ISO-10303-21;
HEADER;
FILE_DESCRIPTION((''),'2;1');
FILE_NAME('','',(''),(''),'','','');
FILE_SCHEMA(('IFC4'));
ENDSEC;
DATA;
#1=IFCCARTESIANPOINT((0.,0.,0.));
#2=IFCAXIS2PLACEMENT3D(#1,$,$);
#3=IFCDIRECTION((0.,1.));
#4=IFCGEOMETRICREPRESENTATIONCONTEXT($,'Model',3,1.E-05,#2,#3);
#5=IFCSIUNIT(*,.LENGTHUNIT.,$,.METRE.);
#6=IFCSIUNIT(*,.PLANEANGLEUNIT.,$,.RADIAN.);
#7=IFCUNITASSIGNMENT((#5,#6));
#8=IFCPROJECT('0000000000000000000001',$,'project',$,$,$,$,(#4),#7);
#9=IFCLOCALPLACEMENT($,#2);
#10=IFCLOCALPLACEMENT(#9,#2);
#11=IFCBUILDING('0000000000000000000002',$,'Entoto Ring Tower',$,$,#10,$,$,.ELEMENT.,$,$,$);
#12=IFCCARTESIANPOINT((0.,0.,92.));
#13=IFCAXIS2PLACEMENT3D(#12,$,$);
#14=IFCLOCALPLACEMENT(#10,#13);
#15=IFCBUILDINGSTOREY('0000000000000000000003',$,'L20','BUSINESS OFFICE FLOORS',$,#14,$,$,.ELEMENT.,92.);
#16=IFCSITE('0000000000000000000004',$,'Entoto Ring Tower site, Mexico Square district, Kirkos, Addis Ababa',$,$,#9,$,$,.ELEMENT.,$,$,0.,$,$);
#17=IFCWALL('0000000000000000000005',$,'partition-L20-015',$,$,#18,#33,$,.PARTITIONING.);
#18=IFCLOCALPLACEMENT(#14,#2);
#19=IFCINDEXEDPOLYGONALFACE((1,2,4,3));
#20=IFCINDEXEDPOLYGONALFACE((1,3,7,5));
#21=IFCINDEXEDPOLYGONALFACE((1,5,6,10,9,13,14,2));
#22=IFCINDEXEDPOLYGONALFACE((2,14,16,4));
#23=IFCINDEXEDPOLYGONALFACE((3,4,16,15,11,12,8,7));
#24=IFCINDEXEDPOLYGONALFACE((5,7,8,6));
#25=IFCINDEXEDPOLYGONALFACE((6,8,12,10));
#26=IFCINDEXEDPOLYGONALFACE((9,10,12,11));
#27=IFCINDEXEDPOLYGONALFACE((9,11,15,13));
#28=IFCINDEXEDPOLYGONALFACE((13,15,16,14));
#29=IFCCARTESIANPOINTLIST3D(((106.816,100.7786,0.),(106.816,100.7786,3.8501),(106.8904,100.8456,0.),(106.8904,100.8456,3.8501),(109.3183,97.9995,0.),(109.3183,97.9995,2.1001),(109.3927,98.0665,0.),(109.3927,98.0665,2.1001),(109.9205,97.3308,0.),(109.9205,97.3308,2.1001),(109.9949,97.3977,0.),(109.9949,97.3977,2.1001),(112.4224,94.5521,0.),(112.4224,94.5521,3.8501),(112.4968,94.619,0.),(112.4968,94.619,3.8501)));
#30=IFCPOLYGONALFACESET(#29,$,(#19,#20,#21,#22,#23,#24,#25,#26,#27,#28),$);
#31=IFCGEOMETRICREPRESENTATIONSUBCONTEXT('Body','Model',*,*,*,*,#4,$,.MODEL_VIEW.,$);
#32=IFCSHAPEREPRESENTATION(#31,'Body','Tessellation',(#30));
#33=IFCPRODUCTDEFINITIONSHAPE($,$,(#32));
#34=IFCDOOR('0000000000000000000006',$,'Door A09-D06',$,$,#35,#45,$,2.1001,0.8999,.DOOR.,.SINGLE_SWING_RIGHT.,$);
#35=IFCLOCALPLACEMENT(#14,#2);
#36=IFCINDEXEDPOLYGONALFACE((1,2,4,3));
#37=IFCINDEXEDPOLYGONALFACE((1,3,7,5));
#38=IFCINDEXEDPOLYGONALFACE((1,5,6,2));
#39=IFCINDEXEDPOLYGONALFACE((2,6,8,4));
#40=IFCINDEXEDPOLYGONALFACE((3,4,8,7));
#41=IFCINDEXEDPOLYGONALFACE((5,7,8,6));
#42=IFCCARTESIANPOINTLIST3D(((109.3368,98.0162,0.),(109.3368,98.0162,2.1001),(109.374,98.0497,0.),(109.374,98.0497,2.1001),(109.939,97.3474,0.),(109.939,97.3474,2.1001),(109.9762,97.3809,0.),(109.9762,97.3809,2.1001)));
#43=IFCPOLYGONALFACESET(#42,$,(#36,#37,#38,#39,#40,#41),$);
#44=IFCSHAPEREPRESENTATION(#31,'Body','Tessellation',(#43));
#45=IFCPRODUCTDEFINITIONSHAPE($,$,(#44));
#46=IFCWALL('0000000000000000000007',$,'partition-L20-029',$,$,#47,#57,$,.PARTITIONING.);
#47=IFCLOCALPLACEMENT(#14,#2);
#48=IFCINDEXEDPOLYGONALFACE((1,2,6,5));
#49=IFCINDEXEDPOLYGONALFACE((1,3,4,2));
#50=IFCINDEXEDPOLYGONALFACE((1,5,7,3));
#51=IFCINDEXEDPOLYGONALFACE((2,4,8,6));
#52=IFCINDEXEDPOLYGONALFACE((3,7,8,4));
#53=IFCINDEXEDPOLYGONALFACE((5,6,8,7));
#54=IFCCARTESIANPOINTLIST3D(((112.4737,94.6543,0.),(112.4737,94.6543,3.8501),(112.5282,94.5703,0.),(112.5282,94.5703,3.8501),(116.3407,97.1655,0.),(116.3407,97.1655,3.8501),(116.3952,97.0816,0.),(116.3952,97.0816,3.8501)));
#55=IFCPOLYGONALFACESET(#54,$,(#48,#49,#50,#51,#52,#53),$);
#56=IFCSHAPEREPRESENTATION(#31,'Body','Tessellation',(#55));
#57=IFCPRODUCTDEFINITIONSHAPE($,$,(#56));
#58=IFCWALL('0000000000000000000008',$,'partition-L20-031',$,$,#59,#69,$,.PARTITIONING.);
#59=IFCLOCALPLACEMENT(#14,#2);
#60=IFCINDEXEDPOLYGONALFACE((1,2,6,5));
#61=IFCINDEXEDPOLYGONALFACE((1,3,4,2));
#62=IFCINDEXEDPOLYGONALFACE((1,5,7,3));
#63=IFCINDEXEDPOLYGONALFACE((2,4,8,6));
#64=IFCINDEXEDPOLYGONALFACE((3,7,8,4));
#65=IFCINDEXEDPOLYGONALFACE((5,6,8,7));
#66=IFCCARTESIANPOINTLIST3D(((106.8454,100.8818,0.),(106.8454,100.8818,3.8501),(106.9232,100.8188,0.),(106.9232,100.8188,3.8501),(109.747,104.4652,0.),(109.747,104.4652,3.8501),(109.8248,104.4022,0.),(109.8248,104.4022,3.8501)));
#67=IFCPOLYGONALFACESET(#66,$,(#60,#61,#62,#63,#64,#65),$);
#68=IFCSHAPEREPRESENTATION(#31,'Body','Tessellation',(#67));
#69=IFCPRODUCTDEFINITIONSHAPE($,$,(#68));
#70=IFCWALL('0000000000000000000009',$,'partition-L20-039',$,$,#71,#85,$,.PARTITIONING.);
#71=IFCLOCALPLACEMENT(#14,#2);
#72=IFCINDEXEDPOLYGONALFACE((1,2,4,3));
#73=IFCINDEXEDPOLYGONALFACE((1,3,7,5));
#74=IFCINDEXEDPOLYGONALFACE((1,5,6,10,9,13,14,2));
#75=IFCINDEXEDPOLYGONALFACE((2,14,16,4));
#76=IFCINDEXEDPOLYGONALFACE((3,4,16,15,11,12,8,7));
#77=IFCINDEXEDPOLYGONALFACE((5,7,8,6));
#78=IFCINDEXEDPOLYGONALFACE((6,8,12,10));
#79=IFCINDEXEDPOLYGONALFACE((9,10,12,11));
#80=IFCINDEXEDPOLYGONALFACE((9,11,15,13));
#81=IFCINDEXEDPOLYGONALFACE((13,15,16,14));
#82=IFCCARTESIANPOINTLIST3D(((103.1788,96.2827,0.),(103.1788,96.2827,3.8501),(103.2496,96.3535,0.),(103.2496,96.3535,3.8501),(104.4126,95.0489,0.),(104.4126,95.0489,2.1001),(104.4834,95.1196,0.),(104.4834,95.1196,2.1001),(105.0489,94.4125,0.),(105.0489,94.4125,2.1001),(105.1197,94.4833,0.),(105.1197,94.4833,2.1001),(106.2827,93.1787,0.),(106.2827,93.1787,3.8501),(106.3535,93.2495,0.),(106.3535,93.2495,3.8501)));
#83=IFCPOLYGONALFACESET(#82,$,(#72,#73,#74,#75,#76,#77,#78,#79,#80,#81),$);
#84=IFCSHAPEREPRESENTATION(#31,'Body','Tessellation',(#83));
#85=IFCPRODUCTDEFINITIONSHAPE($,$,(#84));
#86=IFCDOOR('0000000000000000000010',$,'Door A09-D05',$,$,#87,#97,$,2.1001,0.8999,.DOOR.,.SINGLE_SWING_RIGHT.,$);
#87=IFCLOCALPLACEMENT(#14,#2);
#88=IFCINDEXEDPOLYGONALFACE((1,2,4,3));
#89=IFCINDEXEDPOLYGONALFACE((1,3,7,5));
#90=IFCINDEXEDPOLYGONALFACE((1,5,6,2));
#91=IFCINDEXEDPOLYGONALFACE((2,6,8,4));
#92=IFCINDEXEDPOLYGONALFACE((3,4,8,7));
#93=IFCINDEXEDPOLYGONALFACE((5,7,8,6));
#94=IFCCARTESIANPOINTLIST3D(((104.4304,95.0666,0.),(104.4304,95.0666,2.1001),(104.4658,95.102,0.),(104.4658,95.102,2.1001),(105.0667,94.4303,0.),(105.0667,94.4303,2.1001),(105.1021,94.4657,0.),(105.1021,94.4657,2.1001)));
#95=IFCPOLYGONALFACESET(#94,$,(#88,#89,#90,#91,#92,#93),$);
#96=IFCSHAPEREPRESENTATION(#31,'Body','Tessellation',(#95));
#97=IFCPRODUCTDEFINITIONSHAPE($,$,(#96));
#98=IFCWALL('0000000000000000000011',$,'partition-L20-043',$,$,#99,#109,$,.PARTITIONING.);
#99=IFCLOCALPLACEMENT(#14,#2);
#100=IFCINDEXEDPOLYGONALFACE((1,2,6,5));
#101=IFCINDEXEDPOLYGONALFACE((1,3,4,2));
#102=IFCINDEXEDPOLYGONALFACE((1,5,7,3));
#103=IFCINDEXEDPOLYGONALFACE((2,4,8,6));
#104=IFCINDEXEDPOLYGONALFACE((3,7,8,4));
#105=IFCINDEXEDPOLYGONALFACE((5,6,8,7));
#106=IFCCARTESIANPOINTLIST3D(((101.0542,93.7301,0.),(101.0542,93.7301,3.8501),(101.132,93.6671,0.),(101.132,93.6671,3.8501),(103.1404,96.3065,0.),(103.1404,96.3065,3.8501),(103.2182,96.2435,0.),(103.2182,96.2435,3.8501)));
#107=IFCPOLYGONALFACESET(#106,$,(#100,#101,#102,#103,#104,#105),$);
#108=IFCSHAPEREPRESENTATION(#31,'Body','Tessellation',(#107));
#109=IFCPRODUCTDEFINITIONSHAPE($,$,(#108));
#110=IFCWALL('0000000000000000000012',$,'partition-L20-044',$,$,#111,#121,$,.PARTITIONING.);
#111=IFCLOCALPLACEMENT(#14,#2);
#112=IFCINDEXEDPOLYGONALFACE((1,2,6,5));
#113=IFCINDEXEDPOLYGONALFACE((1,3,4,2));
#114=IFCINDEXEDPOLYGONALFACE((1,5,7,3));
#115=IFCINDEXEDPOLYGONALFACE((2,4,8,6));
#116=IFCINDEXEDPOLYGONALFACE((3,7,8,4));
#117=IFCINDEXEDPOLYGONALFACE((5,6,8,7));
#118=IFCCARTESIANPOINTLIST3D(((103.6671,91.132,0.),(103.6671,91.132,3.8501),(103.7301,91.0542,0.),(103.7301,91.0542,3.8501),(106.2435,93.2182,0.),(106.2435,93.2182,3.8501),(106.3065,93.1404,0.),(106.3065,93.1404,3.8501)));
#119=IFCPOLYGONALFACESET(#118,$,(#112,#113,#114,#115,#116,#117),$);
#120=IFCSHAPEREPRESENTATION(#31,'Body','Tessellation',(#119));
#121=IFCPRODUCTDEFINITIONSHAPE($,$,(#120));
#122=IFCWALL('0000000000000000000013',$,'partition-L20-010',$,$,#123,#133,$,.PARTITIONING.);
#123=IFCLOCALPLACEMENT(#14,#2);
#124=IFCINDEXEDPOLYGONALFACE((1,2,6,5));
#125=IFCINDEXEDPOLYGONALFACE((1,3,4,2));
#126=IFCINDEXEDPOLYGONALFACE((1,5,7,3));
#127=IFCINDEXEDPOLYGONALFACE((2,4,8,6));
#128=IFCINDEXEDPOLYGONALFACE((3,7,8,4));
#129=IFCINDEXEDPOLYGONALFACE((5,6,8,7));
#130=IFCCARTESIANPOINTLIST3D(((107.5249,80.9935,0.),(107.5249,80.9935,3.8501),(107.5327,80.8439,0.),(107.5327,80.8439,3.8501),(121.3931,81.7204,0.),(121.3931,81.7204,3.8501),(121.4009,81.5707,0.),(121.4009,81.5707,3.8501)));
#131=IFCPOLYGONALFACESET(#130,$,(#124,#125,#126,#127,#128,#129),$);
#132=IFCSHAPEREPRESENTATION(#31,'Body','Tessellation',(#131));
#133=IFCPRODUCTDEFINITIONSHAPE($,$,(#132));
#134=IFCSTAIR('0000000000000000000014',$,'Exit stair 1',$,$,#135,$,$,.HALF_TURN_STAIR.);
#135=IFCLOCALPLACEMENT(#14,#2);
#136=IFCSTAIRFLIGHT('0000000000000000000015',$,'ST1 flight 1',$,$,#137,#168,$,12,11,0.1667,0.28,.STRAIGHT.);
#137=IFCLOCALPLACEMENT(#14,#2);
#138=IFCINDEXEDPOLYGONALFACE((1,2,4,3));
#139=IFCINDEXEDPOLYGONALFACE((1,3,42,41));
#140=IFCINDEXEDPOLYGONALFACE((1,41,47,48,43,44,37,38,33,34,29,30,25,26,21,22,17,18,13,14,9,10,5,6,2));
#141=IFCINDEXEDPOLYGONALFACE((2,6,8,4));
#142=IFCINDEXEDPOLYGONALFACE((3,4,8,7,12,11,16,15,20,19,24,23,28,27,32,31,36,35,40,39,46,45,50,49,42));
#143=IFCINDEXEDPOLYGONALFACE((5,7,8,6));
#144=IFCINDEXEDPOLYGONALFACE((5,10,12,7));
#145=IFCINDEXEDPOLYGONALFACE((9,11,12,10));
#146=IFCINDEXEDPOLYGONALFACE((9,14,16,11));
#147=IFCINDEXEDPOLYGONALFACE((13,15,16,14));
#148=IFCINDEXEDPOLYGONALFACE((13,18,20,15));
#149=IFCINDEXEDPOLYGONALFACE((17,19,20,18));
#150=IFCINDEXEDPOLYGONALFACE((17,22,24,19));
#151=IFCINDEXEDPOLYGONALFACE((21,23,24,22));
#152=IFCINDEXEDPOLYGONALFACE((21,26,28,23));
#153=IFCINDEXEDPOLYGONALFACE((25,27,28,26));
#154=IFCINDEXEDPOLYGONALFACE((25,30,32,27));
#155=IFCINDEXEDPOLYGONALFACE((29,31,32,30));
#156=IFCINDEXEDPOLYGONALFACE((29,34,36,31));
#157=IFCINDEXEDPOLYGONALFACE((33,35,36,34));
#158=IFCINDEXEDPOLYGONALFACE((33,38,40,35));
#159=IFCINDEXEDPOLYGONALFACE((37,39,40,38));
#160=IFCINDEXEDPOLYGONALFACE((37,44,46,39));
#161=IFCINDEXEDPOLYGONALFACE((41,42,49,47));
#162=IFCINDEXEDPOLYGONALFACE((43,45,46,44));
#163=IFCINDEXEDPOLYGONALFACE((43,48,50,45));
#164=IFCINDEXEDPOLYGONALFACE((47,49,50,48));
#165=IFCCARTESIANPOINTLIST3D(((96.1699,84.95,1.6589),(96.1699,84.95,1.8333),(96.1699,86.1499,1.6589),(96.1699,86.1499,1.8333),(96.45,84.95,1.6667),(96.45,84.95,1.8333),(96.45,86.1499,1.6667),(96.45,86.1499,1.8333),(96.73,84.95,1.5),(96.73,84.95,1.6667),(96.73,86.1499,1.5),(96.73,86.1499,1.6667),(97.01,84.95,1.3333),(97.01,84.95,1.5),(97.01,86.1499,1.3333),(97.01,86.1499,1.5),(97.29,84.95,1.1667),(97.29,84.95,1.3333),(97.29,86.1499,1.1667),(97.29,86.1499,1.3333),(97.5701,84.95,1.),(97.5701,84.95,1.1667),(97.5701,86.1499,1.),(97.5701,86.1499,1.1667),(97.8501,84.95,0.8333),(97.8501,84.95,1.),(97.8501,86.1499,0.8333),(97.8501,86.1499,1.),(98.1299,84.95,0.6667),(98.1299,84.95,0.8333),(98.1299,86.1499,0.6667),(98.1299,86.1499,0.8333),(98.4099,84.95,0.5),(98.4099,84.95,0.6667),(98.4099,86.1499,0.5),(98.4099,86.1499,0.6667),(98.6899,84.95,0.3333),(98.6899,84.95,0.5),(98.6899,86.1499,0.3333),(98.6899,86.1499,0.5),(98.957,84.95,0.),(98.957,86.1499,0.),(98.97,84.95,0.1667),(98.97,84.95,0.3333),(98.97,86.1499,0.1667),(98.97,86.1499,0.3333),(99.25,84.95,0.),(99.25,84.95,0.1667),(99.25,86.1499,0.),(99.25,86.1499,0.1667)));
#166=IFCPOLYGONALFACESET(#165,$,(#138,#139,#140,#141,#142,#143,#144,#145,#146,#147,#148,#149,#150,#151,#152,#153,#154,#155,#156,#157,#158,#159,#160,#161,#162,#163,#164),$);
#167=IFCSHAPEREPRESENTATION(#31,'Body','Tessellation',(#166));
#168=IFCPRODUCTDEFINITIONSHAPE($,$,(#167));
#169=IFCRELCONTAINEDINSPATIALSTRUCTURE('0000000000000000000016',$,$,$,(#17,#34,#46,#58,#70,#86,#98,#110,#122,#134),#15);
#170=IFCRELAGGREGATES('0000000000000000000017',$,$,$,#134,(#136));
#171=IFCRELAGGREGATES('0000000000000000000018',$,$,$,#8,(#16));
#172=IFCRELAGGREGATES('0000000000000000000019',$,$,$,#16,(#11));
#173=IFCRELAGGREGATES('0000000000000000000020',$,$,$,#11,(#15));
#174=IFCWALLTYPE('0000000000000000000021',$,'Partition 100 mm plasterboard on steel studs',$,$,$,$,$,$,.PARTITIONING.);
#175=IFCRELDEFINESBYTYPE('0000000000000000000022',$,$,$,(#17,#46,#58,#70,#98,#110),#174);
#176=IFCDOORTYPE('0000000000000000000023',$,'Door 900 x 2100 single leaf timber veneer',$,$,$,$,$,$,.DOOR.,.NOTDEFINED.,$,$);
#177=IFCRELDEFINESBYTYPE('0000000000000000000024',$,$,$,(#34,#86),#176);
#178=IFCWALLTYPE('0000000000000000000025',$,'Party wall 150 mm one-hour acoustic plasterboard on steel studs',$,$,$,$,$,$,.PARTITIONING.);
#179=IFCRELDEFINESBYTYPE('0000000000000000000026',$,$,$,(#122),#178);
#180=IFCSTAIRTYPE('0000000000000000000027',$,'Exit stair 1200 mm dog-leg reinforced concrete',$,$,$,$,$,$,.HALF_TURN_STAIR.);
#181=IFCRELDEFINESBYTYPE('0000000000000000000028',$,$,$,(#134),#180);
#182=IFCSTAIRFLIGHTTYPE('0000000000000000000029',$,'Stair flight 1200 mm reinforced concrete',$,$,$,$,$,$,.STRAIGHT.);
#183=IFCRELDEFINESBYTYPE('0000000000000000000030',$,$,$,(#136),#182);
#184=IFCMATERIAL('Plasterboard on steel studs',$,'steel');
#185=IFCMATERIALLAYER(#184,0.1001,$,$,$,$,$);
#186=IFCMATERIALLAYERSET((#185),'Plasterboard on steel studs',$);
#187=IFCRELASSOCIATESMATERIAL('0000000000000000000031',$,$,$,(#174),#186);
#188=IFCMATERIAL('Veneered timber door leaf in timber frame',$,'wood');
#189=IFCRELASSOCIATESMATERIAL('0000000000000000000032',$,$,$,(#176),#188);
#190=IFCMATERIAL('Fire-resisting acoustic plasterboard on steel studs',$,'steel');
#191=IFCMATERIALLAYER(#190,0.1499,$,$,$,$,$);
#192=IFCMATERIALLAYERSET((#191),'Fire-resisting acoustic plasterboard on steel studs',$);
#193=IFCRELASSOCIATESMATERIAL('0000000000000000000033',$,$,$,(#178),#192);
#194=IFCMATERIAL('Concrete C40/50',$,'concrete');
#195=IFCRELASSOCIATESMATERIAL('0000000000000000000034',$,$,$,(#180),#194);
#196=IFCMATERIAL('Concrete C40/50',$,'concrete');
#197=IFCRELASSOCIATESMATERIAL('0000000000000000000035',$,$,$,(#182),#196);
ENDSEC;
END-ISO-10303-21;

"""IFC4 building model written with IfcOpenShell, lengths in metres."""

from ifc_helpers import new_model, si_unit, direction, frame, frame_2d, origin, place, context, subcontext, project, spatial, polyline, rectangle, outline, extrude, material, layer, layer_set, type_object, element, fill, aggregate, save


model = new_model("IFC4")

# Units and contexts
model_context = context("Model", 3, precision=1e-05, world=origin(), true_north=direction((0.0, 1.0)))
body_context = subcontext(model_context, "Body", "Model", "MODEL_VIEW")
ifc_project = project(units=[si_unit("LENGTHUNIT", "METRE"), si_unit("PLANEANGLEUNIT", "RADIAN")], contexts=[model_context])

# Site, building, storey
site_placement = place(None, origin())
site = spatial("IfcSite", under=ifc_project, at=site_placement, Name="Entoto Ring Tower site, Mexico Square district, Kirkos, Addis Ababa", CompositionType="ELEMENT", RefElevation=0.0)
building_placement = place(site_placement, origin())
building = spatial("IfcBuilding", under=site, at=building_placement, Name="Entoto Ring Tower", CompositionType="ELEMENT")
storey_placement = place(building_placement, frame((0.0, 0.0, 92.0)))
storey = spatial("IfcBuildingStorey", under=building, at=storey_placement, Name="L20", Description="BUSINESS OFFICE FLOORS", CompositionType="ELEMENT", Elevation=92.0)

# Wall, opening, door
ifc_material_1 = material(Name="Plasterboard on steel studs", Category="steel")
ifc_layer_1 = layer(ifc_material_1, 0.1001)
ifc_layer_set_1 = layer_set([ifc_layer_1], Name="Plasterboard on steel studs")
wall_type_1 = type_object("IfcWallType", Name="Partition 100 mm plasterboard on steel studs", PredefinedType="PARTITIONING", material=ifc_layer_set_1)
wall_1_placement = place(storey_placement, frame((112.4597, 94.5854, 0.0), z_axis=(0.0, 0.0, 1.0), x_axis=(-0.669132, 0.743143, 0.0)))
wall_1 = element("IfcWall", 1, at=wall_1_placement, inside=storey, type_object=wall_type_1, Name="partition-L20-015", PredefinedType="PARTITIONING", context=body_context, shape_type="SweptSolid", body=[
    extrude(rectangle(XDim=8.3787, YDim=0.1001, at=frame_2d((4.1895, 0.0))), origin(), (0.0, 0.0, 1.0), 3.8501),
])
opening_1_placement = place(wall_1_placement, frame((3.7393, 0.0, 0.0)))
opening_1 = element("IfcOpeningElement", 2, at=opening_1_placement, cuts=wall_1, PredefinedType="OPENING", context=body_context, shape_type="SweptSolid", body=[
    extrude(rectangle(XDim=0.8999, YDim=2.1001, at=frame_2d((0.45, 1.05))), frame((0.0, 0.0601, 0.0), z_axis=(0.0, -1.0, 0.0), x_axis=(1.0, 0.0, 0.0)), (0.0, 0.0, 1.0), 0.1201),
])
ifc_material_2 = material(Name="Veneered timber door leaf in timber frame", Category="wood")
door_type_1 = type_object("IfcDoorType", Name="Door 900 x 2100 single leaf timber veneer", OperationType="NOTDEFINED", PredefinedType="DOOR", material=ifc_material_2)
door_1_placement = place(opening_1_placement, frame((0.8999, 0.0, 0.0), z_axis=(0.0, 0.0, 1.0), x_axis=(-1.0, 0.0, 0.0)))
door_1 = element("IfcDoor", 3, at=door_1_placement, inside=storey, type_object=door_type_1, Name="Door A09-D06", OperationType="SINGLE_SWING_RIGHT", OverallHeight=2.1001, OverallWidth=0.8999, PredefinedType="DOOR", context=body_context, shape_type="SweptSolid", body=[
    extrude(rectangle(XDim=0.8999, YDim=2.1001, at=frame_2d((0.45, 1.05))), frame((0.0, 0.0249, 0.0), z_axis=(0.0, -1.0, 0.0), x_axis=(1.0, 0.0, 0.0)), (0.0, 0.0, 1.0), 0.05),
])
fill(opening_1, door_1)

# Walls
for number, where, z_axis, x_axis, name in (
    (4, (112.501, 94.6123, 0.0), (0.0, 0.0, 1.0), (0.83867, 0.54464, 0.0), "partition-L20-029"),
    (5, (106.8843, 100.8503, 0.0), (0.0, 0.0, 1.0), (0.629314, 0.777151, 0.0), "partition-L20-031"),
):
    element("IfcWall", number, at=place(storey_placement, frame(where, z_axis=z_axis, x_axis=x_axis)), inside=storey, type_object=wall_type_1, Name=name, PredefinedType="PARTITIONING", context=body_context, shape_type="SweptSolid", body=[
        extrude(rectangle(XDim=4.6108, YDim=0.1001, at=frame_2d((2.3054, 0.0))), origin(), (0.0, 0.0, 1.0), 3.8501),
    ])

# Wall, opening, door
wall_2_placement = place(storey_placement, frame((106.3181, 93.2141, 0.0), z_axis=(0.0, 0.0, 1.0), x_axis=(-0.707107, 0.707107, 0.0)))
wall_2 = element("IfcWall", 6, at=wall_2_placement, inside=storey, type_object=wall_type_1, Name="partition-L20-039", PredefinedType="PARTITIONING", context=body_context, shape_type="SweptSolid", body=[
    extrude(rectangle(XDim=4.3896, YDim=0.1001, at=frame_2d((2.1948, 0.0))), origin(), (0.0, 0.0, 1.0), 3.8501),
])
opening_2_placement = place(wall_2_placement, frame((1.7449, 0.0, 0.0)))
opening_2 = element("IfcOpeningElement", 7, at=opening_2_placement, cuts=wall_2, PredefinedType="OPENING", context=body_context, shape_type="SweptSolid", body=[
    extrude(rectangle(XDim=0.8999, YDim=2.1001, at=frame_2d((0.45, 1.05))), frame((0.0, 0.0601, 0.0), z_axis=(0.0, -1.0, 0.0), x_axis=(1.0, 0.0, 0.0)), (0.0, 0.0, 1.0), 0.1201),
])
door_2_placement = place(opening_2_placement, origin())
door_2 = element("IfcDoor", 8, at=door_2_placement, inside=storey, type_object=door_type_1, Name="Door A09-D05", OperationType="SINGLE_SWING_RIGHT", OverallHeight=2.1001, OverallWidth=0.8999, PredefinedType="DOOR", context=body_context, shape_type="SweptSolid", body=[
    extrude(rectangle(XDim=0.8999, YDim=2.1001, at=frame_2d((0.45, 1.05))), frame((0.0, 0.0249, 0.0), z_axis=(0.0, -1.0, 0.0), x_axis=(1.0, 0.0, 0.0)), (0.0, 0.0, 1.0), 0.05),
])
fill(opening_2, door_2)

# Walls
for number, where, z_axis, x_axis, name in (
    (9, (101.093, 93.6985, 0.0), (0.0, 0.0, 1.0), (0.629291, 0.777169, 0.0), "partition-L20-043"),
    (10, (103.6985, 91.093, 0.0), (0.0, 0.0, 1.0), (0.777169, 0.629291, 0.0), "partition-L20-044"),
):
    element("IfcWall", number, at=place(storey_placement, frame(where, z_axis=z_axis, x_axis=x_axis)), inside=storey, type_object=wall_type_1, Name=name, PredefinedType="PARTITIONING", context=body_context, shape_type="SweptSolid", body=[
        extrude(rectangle(XDim=3.3152, YDim=0.1001, at=frame_2d((1.6577, 0.0))), origin(), (0.0, 0.0, 1.0), 3.8501),
    ])
ifc_material_3 = material(Name="Fire-resisting acoustic plasterboard on steel studs", Category="steel")
ifc_layer_2 = layer(ifc_material_3, 0.1499)
ifc_layer_set_2 = layer_set([ifc_layer_2], Name="Fire-resisting acoustic plasterboard on steel studs")
wall_type_2 = type_object("IfcWallType", Name="Party wall 150 mm one-hour acoustic plasterboard on steel studs", PredefinedType="PARTITIONING", material=ifc_layer_set_2)
wall_3_placement = place(storey_placement, frame((107.5288, 80.9187, 0.0), z_axis=(0.0, 0.0, 1.0), x_axis=(0.99863, 0.052336, 0.0)))
element("IfcWall", 11, at=wall_3_placement, inside=storey, type_object=wall_type_2, Name="partition-L20-010", PredefinedType="PARTITIONING", context=body_context, shape_type="SweptSolid", body=[
    extrude(rectangle(XDim=13.8872, YDim=0.1499, at=frame_2d((6.9436, 0.0))), origin(), (0.0, 0.0, 1.0), 3.8501),
])

# Stair, stair flight
ifc_material_4 = material(Name="Concrete C40/50", Category="concrete")
stair_type = type_object("IfcStairType", Name="Exit stair 1200 mm dog-leg reinforced concrete", PredefinedType="HALF_TURN_STAIR", material=ifc_material_4)
stair_placement = place(storey_placement, origin())
stair = element("IfcStair", 12, at=stair_placement, inside=storey, type_object=stair_type, Name="Exit stair 1", PredefinedType="HALF_TURN_STAIR")
ifc_material_5 = material(Name="Concrete C40/50", Category="concrete")
stair_flight_type = type_object("IfcStairFlightType", Name="Stair flight 1200 mm reinforced concrete", PredefinedType="STRAIGHT", material=ifc_material_5)
stair_flight_placement = place(storey_placement, frame((99.25, 85.55, 0.0), z_axis=(0.0, 0.0, 1.0), x_axis=(-1.0, 0.0, 0.0)))
stair_flight = element("IfcStairFlight", 13, at=stair_flight_placement, type_object=stair_flight_type, Name="ST1 flight 1", NumberOfRisers=12, NumberOfTreads=11, PredefinedType="STRAIGHT", RiserHeight=0.1667, TreadLength=0.28, context=body_context, shape_type="SweptSolid", body=[
    extrude(outline(polyline([(0.0, 0.0), (0.0, 0.1667), (0.28, 0.1667), (0.28, 0.3333), (0.5601, 0.3333), (0.5601, 0.5), (0.8401, 0.5), (0.8401, 0.6667), (1.1201, 0.6667), (1.1201, 0.8333), (1.3999, 0.8333), (1.3999, 1.0), (1.6799, 1.0), (1.6799, 1.1667), (1.96, 1.1667), (1.96, 1.3333), (2.24, 1.3333), (2.24, 1.5), (2.52, 1.5), (2.52, 1.6667), (2.8, 1.6667), (2.8, 1.8333), (3.0801, 1.8333), (3.0801, 2.0), (3.0801, 1.6589), (0.293, 0.0), (0.0, 0.0)])), frame((0.0, 0.6001, 0.0), z_axis=(0.0, -1.0, 0.0), x_axis=(1.0, 0.0, 0.0)), (0.0, 0.0, 1.0), 1.2),
])
aggregate(stair, [stair_flight])

save(model, "model.ifc")
